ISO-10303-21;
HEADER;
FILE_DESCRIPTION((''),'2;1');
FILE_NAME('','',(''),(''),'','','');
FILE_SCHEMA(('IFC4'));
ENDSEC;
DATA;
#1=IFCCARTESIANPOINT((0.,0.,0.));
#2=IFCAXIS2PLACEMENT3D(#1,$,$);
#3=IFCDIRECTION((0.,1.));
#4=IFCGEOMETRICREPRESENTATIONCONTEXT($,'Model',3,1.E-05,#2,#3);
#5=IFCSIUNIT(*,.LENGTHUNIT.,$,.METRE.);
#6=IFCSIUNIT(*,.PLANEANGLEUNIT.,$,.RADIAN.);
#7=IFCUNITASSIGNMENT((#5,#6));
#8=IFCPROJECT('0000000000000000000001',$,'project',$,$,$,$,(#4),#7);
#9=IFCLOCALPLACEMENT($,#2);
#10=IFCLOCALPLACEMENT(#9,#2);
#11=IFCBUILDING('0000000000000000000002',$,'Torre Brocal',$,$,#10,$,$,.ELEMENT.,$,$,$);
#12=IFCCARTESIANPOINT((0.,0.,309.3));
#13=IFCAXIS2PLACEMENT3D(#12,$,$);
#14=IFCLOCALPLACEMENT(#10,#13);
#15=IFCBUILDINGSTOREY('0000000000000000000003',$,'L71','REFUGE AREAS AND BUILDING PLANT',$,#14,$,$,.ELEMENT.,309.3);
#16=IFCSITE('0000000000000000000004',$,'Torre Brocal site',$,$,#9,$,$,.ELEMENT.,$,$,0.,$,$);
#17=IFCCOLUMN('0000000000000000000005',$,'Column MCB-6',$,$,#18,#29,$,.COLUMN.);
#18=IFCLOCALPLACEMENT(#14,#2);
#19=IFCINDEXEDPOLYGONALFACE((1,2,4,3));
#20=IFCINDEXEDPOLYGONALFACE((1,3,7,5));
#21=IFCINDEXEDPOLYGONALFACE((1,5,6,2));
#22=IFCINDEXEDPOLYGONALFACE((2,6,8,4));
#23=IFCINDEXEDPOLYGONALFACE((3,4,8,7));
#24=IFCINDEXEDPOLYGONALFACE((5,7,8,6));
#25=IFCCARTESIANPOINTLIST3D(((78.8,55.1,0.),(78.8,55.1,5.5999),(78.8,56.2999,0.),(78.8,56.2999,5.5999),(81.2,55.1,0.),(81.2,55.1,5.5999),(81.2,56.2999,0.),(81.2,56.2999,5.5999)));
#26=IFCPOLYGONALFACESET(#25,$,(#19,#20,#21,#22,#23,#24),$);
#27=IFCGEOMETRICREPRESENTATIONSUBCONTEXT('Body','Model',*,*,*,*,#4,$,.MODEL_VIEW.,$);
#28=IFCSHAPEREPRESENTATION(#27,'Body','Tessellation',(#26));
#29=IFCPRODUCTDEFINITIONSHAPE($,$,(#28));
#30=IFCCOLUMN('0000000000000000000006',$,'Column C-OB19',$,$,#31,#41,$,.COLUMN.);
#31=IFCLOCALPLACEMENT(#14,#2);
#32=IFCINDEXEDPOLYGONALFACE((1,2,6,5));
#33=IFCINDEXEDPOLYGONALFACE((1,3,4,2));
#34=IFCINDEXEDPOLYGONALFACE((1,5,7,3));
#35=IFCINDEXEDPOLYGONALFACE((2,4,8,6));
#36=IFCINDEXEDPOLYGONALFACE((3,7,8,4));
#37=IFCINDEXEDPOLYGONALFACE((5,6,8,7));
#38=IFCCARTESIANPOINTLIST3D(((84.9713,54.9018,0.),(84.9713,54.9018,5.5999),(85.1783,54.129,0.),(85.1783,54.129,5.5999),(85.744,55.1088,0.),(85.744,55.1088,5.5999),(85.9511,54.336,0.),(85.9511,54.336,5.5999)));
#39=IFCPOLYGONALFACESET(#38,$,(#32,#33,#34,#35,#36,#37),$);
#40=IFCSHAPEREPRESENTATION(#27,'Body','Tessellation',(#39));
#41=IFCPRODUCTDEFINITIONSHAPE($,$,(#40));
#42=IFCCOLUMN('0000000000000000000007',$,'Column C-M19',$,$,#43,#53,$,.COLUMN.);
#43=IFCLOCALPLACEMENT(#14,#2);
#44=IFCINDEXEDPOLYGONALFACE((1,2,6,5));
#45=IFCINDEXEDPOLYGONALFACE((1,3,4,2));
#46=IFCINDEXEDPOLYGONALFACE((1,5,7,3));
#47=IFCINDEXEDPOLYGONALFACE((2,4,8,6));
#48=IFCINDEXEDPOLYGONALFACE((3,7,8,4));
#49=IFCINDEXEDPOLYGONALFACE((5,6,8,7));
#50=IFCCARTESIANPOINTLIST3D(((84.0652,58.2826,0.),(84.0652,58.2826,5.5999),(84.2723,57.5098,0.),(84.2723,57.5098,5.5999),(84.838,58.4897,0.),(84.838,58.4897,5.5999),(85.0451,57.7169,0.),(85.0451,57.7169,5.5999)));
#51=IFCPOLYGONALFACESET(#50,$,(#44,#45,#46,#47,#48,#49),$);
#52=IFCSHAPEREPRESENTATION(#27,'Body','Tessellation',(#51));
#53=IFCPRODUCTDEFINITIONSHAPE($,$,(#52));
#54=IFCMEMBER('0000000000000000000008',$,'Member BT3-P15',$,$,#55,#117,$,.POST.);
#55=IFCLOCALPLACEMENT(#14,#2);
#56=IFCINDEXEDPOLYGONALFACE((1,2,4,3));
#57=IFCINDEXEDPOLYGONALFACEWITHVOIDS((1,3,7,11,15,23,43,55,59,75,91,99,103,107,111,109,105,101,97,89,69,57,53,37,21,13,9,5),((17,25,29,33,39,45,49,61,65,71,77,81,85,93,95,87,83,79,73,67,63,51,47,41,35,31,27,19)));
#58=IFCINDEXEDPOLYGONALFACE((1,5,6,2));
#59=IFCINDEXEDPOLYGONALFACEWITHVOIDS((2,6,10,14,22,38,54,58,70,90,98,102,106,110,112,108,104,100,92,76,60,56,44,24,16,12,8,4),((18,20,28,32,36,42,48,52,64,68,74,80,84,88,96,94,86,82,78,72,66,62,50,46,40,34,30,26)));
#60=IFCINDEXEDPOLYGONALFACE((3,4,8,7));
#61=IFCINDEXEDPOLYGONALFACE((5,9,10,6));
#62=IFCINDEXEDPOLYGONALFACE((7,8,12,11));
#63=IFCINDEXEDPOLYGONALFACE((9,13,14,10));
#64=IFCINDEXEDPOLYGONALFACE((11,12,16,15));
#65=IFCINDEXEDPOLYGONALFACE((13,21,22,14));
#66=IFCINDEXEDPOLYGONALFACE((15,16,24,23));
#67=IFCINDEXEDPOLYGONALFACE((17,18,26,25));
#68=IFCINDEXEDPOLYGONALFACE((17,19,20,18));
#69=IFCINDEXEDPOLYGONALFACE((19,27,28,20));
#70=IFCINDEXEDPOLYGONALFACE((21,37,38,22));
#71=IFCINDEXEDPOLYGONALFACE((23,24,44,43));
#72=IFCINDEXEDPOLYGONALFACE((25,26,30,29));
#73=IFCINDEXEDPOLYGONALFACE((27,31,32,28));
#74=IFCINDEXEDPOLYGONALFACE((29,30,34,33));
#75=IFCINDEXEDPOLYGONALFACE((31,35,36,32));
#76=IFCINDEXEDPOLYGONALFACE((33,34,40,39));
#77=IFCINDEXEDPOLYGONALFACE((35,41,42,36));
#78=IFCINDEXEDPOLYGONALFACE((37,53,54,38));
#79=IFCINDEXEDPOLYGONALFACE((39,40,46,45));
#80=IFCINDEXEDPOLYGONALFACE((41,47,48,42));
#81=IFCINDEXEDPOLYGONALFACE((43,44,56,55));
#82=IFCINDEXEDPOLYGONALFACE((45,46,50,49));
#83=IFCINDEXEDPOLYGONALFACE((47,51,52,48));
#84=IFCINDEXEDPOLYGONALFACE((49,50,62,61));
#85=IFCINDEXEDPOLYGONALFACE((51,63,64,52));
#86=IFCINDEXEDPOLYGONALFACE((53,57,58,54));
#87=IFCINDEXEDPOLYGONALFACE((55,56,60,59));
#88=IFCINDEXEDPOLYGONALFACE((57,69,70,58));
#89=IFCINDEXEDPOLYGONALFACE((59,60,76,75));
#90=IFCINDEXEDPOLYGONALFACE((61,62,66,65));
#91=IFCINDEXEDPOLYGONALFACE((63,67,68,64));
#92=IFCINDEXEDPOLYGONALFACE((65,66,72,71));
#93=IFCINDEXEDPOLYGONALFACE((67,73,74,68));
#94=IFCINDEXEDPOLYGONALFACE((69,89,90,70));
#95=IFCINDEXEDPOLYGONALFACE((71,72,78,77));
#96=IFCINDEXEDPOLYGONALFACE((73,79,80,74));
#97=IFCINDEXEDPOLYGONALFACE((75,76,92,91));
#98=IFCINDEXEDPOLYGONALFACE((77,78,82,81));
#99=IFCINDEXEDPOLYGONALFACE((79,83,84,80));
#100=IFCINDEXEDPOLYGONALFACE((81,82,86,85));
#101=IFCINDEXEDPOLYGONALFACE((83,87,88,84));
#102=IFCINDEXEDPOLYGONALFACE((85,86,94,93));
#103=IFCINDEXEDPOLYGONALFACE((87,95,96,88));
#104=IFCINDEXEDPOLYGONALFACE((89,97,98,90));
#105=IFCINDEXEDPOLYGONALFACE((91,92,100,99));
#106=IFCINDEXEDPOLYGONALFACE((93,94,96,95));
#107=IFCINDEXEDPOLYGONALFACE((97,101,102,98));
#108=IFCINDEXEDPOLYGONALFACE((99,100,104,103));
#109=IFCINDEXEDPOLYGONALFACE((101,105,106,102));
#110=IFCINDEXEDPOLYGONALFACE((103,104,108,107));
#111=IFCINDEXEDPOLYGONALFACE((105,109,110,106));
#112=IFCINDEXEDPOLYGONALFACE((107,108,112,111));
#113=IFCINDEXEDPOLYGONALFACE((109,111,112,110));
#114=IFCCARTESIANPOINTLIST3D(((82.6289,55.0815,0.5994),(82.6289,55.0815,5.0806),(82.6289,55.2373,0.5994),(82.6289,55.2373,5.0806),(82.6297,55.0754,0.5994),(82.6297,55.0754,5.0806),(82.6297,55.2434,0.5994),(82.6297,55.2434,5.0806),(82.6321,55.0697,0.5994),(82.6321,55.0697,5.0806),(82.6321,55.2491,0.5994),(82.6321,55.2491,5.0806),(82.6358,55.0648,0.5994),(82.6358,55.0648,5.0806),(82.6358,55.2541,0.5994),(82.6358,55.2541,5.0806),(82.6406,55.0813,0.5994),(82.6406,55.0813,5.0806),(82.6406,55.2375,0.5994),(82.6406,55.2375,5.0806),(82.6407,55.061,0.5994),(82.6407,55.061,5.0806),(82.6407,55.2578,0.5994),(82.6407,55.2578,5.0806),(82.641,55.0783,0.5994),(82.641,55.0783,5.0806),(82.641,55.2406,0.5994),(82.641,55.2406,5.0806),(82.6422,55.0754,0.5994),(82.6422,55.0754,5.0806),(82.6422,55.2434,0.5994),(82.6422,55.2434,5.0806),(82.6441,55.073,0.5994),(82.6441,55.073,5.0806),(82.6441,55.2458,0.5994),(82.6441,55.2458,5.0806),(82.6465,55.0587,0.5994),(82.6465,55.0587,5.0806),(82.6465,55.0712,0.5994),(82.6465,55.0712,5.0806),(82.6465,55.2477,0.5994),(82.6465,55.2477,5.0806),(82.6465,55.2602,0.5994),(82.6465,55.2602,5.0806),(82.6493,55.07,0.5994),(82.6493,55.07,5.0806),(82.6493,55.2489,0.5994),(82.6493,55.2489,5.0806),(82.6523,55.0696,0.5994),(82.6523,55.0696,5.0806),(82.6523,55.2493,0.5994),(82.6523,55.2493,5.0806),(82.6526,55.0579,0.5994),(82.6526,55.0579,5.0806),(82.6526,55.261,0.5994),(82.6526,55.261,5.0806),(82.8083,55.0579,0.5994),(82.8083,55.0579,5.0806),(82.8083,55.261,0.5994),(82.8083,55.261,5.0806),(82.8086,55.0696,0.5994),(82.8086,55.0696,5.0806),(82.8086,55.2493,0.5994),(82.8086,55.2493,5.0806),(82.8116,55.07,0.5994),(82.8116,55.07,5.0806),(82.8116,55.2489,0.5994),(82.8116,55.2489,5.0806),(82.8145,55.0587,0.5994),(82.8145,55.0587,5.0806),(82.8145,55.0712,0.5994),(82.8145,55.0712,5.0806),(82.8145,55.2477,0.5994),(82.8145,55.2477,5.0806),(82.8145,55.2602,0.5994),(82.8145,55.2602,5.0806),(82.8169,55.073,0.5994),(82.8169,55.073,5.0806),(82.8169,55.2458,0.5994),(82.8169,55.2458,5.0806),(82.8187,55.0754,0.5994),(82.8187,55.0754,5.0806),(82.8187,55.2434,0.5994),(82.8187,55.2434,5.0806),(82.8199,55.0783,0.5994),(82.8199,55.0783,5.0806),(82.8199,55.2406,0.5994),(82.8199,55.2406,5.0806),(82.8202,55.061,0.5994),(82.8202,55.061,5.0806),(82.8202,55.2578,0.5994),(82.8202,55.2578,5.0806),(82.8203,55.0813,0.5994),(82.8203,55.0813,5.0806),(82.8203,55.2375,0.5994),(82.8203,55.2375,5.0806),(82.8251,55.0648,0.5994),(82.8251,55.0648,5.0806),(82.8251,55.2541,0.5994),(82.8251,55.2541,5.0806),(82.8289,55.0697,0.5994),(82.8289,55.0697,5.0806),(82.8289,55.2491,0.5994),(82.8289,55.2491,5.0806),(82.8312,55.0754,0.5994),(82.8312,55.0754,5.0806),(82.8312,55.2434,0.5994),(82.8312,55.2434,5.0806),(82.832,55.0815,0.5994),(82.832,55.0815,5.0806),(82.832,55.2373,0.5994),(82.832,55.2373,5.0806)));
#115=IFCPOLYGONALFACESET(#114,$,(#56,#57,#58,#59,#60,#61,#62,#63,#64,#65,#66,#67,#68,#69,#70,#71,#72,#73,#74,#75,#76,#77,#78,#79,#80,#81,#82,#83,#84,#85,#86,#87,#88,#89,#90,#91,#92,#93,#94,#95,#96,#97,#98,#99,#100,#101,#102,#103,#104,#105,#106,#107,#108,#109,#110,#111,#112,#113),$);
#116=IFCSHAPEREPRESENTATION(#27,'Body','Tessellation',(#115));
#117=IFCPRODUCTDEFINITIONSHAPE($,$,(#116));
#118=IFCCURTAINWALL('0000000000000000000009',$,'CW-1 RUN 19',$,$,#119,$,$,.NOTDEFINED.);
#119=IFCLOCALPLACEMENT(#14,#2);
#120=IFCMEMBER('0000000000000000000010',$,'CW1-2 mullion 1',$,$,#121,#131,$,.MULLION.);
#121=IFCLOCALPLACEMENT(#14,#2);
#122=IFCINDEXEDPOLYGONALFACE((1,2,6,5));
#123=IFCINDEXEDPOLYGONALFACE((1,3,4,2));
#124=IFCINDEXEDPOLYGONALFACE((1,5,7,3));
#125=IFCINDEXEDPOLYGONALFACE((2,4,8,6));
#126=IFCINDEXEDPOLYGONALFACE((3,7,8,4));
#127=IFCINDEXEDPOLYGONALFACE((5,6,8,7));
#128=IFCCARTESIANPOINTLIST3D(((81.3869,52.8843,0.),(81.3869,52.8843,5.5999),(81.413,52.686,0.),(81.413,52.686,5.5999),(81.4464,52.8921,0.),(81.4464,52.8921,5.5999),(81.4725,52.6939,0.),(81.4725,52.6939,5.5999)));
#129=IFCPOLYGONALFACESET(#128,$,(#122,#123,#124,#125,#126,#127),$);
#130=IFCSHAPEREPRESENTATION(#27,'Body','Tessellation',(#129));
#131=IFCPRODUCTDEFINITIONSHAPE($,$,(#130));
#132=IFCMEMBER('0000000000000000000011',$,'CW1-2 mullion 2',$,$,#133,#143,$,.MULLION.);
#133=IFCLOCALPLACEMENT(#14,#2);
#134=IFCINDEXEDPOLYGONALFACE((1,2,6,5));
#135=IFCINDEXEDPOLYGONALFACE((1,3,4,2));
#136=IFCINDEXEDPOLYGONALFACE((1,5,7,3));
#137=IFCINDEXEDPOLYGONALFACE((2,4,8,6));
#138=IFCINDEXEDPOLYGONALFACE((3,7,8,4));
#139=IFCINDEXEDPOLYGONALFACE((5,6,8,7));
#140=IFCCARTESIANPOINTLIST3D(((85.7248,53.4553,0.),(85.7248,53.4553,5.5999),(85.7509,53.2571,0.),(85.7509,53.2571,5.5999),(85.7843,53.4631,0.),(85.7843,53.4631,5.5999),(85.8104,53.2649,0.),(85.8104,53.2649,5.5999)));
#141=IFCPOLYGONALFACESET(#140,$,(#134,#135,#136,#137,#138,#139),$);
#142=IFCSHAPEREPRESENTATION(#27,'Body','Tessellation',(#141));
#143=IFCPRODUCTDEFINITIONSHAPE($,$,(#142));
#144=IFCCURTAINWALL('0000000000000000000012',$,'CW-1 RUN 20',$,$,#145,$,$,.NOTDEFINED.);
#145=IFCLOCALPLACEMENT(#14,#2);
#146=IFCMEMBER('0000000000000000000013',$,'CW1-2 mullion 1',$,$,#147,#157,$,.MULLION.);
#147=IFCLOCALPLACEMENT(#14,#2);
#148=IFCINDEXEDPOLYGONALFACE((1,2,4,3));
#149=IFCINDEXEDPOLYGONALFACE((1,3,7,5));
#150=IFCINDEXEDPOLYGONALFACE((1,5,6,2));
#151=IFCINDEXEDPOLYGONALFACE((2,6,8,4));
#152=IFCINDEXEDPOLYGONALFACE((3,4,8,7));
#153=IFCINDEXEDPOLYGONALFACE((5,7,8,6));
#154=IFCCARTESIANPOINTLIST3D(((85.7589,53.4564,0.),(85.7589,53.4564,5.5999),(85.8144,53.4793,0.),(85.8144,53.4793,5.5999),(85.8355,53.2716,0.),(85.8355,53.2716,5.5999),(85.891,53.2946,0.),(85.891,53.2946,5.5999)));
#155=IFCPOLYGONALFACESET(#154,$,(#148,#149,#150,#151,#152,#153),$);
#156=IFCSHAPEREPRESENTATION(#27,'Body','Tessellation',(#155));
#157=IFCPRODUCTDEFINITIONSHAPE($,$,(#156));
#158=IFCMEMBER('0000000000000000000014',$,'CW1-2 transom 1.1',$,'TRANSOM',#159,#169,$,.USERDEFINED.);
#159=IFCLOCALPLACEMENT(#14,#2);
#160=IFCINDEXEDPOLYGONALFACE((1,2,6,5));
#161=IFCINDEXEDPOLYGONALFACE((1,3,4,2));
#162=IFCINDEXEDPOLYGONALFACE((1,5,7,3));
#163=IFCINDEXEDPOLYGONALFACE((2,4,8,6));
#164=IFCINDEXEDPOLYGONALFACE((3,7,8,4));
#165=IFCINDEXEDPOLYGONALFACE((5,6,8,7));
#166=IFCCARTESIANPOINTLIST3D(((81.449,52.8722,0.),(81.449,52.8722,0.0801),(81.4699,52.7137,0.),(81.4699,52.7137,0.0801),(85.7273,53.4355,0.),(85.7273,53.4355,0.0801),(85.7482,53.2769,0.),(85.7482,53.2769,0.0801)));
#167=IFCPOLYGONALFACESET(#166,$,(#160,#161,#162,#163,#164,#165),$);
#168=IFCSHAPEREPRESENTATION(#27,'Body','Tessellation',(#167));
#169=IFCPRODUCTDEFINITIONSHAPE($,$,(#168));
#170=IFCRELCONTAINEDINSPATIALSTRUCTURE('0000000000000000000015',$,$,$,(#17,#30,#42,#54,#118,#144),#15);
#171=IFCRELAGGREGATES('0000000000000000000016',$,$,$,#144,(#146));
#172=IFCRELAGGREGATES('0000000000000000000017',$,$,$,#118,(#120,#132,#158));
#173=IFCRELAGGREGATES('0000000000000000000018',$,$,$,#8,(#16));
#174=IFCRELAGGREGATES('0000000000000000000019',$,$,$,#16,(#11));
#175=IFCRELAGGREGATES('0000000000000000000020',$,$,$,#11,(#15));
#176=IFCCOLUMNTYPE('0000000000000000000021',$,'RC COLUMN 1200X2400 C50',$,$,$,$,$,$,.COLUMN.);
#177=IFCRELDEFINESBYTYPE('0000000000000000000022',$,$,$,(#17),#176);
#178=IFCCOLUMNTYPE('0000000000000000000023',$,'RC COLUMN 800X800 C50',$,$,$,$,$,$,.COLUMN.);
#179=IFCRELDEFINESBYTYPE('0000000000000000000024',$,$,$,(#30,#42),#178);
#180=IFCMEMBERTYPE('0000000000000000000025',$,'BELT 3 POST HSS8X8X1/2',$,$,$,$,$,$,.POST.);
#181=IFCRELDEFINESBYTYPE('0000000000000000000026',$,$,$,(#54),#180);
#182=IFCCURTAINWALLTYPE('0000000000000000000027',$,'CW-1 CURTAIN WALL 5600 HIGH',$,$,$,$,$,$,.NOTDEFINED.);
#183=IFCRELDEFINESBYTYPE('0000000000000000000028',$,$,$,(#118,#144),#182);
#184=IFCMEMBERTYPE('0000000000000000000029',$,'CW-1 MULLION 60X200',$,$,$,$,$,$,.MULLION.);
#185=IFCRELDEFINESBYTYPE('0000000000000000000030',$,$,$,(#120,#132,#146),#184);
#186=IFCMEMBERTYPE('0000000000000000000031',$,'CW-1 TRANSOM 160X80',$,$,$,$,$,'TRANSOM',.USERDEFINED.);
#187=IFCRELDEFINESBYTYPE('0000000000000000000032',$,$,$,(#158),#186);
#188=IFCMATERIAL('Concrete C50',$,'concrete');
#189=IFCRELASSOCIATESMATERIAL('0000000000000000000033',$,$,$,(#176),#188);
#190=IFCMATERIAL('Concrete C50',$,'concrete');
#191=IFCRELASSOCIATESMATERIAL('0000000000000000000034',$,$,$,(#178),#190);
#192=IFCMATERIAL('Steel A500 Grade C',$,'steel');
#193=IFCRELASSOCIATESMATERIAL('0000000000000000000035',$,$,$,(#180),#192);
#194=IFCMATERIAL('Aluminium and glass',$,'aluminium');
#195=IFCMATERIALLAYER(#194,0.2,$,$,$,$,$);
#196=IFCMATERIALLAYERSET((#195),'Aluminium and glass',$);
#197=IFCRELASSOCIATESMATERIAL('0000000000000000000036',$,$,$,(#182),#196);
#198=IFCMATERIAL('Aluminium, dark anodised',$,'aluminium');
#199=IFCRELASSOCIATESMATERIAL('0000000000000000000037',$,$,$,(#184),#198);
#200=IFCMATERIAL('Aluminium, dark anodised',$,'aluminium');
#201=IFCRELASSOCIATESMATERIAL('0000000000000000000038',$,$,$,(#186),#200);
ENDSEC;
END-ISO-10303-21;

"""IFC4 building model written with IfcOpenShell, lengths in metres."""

from ifc_helpers import new_model, si_unit, direction, frame, origin, origin_2d, place, context, subcontext, project, spatial, rectangle, hollow_rectangle, extrude, material, layer, layer_set, material_profile, profile_set, type_object, element, aggregate, save


model = new_model("IFC4")

# Units and contexts
model_context = context("Model", 3, precision=1e-05, world=origin(), true_north=direction((0.0, 1.0)))
body_context = subcontext(model_context, "Body", "Model", "MODEL_VIEW")
ifc_project = project(units=[si_unit("LENGTHUNIT", "METRE"), si_unit("PLANEANGLEUNIT", "RADIAN")], contexts=[model_context])

# Site, building, storey
site_placement = place(None, origin())
site = spatial("IfcSite", under=ifc_project, at=site_placement, Name="Torre Brocal site", CompositionType="ELEMENT", RefElevation=0.0)
building_placement = place(site_placement, origin())
building = spatial("IfcBuilding", under=site, at=building_placement, Name="Torre Brocal", CompositionType="ELEMENT")
storey_placement = place(building_placement, frame((0.0, 0.0, 309.3)))
storey = spatial("IfcBuildingStorey", under=building, at=storey_placement, Name="L71", Description="REFUGE AREAS AND BUILDING PLANT", CompositionType="ELEMENT", Elevation=309.3)

# Columns
ifc_material_1 = material(Name="Concrete C50", Category="concrete")
ifc_material_profile_1 = material_profile(ifc_material_1, rectangle(XDim=1.2, YDim=2.3999, at=origin_2d()), Name="RC 1200X2400")
ifc_profile_set_1 = profile_set([ifc_material_profile_1], Name="Concrete C50")
column_type_1 = type_object("IfcColumnType", Name="RC COLUMN 1200X2400 C50", PredefinedType="COLUMN", material=ifc_profile_set_1)
column_placement = place(storey_placement, frame((80.0, 55.7, 0.0), z_axis=(0.0, 0.0, 1.0), x_axis=(0.0, -1.0, 0.0)))
element("IfcColumn", 1, at=column_placement, inside=storey, type_object=column_type_1, Name="Column MCB-6", PredefinedType="COLUMN", context=body_context, shape_type="SweptSolid", body=[
    extrude(rectangle(XDim=1.2, YDim=2.3999, at=origin_2d()), origin(), (0.0, 0.0, 1.0), 5.5999),
])
ifc_material_2 = material(Name="Concrete C50", Category="concrete")
ifc_material_profile_2 = material_profile(ifc_material_2, rectangle(XDim=0.8, YDim=0.8, at=origin_2d()), Name="RC 800X800")
ifc_profile_set_2 = profile_set([ifc_material_profile_2], Name="Concrete C50")
column_type_2 = type_object("IfcColumnType", Name="RC COLUMN 800X800 C50", PredefinedType="COLUMN", material=ifc_profile_set_2)
for number, where, z_axis, x_axis, name in (
    (2, (85.4612, 54.6189, 0.0), (0.0, 0.0, 1.0), (0.258819, -0.965926, 0.0), "Column C-OB19"),
    (3, (84.5552, 57.9998, 0.0), (0.0, 0.0, 1.0), (0.258819, -0.965926, 0.0), "Column C-M19"),
):
    element("IfcColumn", number, at=place(storey_placement, frame(where, z_axis=z_axis, x_axis=x_axis)), inside=storey, type_object=column_type_2, Name=name, PredefinedType="COLUMN", context=body_context, shape_type="SweptSolid", body=[
        extrude(rectangle(XDim=0.8, YDim=0.8, at=origin_2d()), origin(), (0.0, 0.0, 1.0), 5.5999),
    ])

# Member
ifc_material_3 = material(Name="Steel A500 Grade C", Category="steel")
ifc_material_profile_3 = material_profile(ifc_material_3, hollow_rectangle(XDim=0.2031, YDim=0.2031, WallThickness=0.0117, InnerFilletRadius=0.0117, OuterFilletRadius=0.0237, at=origin_2d()), Name="HSS8X8X1/2")
ifc_profile_set_3 = profile_set([ifc_material_profile_3], Name="Steel A500 Grade C")
member_type_1 = type_object("IfcMemberType", Name="BELT 3 POST HSS8X8X1/2", PredefinedType="POST", material=ifc_profile_set_3)
member_1_placement = place(storey_placement, frame((82.7305, 55.1594, 0.5994), z_axis=(0.0, 0.0, 1.0), x_axis=(1.0, 0.0, 0.0)))
element("IfcMember", 4, at=member_1_placement, inside=storey, type_object=member_type_1, Name="Member BT3-P15", PredefinedType="POST", context=body_context, shape_type="SweptSolid", body=[
    extrude(hollow_rectangle(XDim=0.2031, YDim=0.2031, WallThickness=0.0117, InnerFilletRadius=0.0117, OuterFilletRadius=0.0237, at=origin_2d()), origin(), (0.0, 0.0, 1.0), 4.4812),
])

# Curtain wall, members
ifc_material_4 = material(Name="Aluminium and glass", Category="aluminium")
ifc_layer_1 = layer(ifc_material_4, 0.2)
ifc_layer_set_1 = layer_set([ifc_layer_1], Name="Aluminium and glass")
curtain_wall_type = type_object("IfcCurtainWallType", Name="CW-1 CURTAIN WALL 5600 HIGH", PredefinedType="NOTDEFINED", material=ifc_layer_set_1)
curtain_wall_1_placement = place(storey_placement, origin())
curtain_wall_1 = element("IfcCurtainWall", 5, at=curtain_wall_1_placement, inside=storey, type_object=curtain_wall_type, Name="CW-1 RUN 19", PredefinedType="NOTDEFINED")
ifc_material_5 = material(Name="Aluminium, dark anodised", Category="aluminium")
ifc_material_profile_4 = material_profile(ifc_material_5, rectangle(XDim=0.2, YDim=0.0601, at=origin_2d()), Name="CW-1 MULLION 60X200")
ifc_profile_set_4 = profile_set([ifc_material_profile_4], Name="Aluminium, dark anodised")
member_type_2 = type_object("IfcMemberType", Name="CW-1 MULLION 60X200", PredefinedType="MULLION", material=ifc_profile_set_4)
member_2_placement = place(storey_placement, frame((81.4297, 52.7891, 0.0), z_axis=(0.0, 0.0, 1.0), x_axis=(-0.130526, 0.991445, 0.0)))
member_2 = element("IfcMember", 6, at=member_2_placement, type_object=member_type_2, Name="CW1-2 mullion 1", PredefinedType="MULLION", context=body_context, shape_type="SweptSolid", body=[
    extrude(rectangle(XDim=0.2, YDim=0.0601, at=origin_2d()), origin(), (0.0, 0.0, 1.0), 5.5999),
])
member_3_placement = place(storey_placement, frame((85.7676, 53.3601, 0.0), z_axis=(0.0, 0.0, 1.0), x_axis=(-0.130526, 0.991445, 0.0)))
member_3 = element("IfcMember", 7, at=member_3_placement, type_object=member_type_2, Name="CW1-2 mullion 2", PredefinedType="MULLION", context=body_context, shape_type="SweptSolid", body=[
    extrude(rectangle(XDim=0.2, YDim=0.0601, at=origin_2d()), origin(), (0.0, 0.0, 1.0), 5.5999),
])

# Curtain wall, member
curtain_wall_2_placement = place(storey_placement, origin())
curtain_wall_2 = element("IfcCurtainWall", 8, at=curtain_wall_2_placement, inside=storey, type_object=curtain_wall_type, Name="CW-1 RUN 20", PredefinedType="NOTDEFINED")
member_4_placement = place(storey_placement, frame((85.825, 53.3755, 0.0), z_axis=(0.0, 0.0, 1.0), x_axis=(-0.382683, 0.92388, 0.0)))
member_4 = element("IfcMember", 9, at=member_4_placement, type_object=member_type_2, Name="CW1-2 mullion 1", PredefinedType="MULLION", context=body_context, shape_type="SweptSolid", body=[
    extrude(rectangle(XDim=0.2, YDim=0.0601, at=origin_2d()), origin(), (0.0, 0.0, 1.0), 5.5999),
])
aggregate(curtain_wall_2, [member_4])

# Member
ifc_material_6 = material(Name="Aluminium, dark anodised", Category="aluminium")
ifc_material_profile_5 = material_profile(ifc_material_6, rectangle(XDim=0.1599, YDim=0.0801, at=origin_2d()), Name="CW-1 TRANSOM 160X80")
ifc_profile_set_5 = profile_set([ifc_material_profile_5], Name="Aluminium, dark anodised")
member_type_3 = type_object("IfcMemberType", Name="CW-1 TRANSOM 160X80", ElementType="TRANSOM", PredefinedType="USERDEFINED", material=ifc_profile_set_5)
member_5_placement = place(storey_placement, frame((81.4595, 52.793, 0.04), z_axis=(0.991445, 0.130522, 0.0), x_axis=(-0.130522, 0.991445, 0.0)))
member_5 = element("IfcMember", 10, at=member_5_placement, type_object=member_type_3, Name="CW1-2 transom 1.1", ObjectType="TRANSOM", PredefinedType="USERDEFINED", context=body_context, shape_type="SweptSolid", body=[
    extrude(rectangle(XDim=0.1599, YDim=0.0801, at=origin_2d()), origin(), (0.0, 0.0, 1.0), 4.3152),
])

aggregate(curtain_wall_1, [member_2, member_3, member_5])

save(model, "model.ifc")
